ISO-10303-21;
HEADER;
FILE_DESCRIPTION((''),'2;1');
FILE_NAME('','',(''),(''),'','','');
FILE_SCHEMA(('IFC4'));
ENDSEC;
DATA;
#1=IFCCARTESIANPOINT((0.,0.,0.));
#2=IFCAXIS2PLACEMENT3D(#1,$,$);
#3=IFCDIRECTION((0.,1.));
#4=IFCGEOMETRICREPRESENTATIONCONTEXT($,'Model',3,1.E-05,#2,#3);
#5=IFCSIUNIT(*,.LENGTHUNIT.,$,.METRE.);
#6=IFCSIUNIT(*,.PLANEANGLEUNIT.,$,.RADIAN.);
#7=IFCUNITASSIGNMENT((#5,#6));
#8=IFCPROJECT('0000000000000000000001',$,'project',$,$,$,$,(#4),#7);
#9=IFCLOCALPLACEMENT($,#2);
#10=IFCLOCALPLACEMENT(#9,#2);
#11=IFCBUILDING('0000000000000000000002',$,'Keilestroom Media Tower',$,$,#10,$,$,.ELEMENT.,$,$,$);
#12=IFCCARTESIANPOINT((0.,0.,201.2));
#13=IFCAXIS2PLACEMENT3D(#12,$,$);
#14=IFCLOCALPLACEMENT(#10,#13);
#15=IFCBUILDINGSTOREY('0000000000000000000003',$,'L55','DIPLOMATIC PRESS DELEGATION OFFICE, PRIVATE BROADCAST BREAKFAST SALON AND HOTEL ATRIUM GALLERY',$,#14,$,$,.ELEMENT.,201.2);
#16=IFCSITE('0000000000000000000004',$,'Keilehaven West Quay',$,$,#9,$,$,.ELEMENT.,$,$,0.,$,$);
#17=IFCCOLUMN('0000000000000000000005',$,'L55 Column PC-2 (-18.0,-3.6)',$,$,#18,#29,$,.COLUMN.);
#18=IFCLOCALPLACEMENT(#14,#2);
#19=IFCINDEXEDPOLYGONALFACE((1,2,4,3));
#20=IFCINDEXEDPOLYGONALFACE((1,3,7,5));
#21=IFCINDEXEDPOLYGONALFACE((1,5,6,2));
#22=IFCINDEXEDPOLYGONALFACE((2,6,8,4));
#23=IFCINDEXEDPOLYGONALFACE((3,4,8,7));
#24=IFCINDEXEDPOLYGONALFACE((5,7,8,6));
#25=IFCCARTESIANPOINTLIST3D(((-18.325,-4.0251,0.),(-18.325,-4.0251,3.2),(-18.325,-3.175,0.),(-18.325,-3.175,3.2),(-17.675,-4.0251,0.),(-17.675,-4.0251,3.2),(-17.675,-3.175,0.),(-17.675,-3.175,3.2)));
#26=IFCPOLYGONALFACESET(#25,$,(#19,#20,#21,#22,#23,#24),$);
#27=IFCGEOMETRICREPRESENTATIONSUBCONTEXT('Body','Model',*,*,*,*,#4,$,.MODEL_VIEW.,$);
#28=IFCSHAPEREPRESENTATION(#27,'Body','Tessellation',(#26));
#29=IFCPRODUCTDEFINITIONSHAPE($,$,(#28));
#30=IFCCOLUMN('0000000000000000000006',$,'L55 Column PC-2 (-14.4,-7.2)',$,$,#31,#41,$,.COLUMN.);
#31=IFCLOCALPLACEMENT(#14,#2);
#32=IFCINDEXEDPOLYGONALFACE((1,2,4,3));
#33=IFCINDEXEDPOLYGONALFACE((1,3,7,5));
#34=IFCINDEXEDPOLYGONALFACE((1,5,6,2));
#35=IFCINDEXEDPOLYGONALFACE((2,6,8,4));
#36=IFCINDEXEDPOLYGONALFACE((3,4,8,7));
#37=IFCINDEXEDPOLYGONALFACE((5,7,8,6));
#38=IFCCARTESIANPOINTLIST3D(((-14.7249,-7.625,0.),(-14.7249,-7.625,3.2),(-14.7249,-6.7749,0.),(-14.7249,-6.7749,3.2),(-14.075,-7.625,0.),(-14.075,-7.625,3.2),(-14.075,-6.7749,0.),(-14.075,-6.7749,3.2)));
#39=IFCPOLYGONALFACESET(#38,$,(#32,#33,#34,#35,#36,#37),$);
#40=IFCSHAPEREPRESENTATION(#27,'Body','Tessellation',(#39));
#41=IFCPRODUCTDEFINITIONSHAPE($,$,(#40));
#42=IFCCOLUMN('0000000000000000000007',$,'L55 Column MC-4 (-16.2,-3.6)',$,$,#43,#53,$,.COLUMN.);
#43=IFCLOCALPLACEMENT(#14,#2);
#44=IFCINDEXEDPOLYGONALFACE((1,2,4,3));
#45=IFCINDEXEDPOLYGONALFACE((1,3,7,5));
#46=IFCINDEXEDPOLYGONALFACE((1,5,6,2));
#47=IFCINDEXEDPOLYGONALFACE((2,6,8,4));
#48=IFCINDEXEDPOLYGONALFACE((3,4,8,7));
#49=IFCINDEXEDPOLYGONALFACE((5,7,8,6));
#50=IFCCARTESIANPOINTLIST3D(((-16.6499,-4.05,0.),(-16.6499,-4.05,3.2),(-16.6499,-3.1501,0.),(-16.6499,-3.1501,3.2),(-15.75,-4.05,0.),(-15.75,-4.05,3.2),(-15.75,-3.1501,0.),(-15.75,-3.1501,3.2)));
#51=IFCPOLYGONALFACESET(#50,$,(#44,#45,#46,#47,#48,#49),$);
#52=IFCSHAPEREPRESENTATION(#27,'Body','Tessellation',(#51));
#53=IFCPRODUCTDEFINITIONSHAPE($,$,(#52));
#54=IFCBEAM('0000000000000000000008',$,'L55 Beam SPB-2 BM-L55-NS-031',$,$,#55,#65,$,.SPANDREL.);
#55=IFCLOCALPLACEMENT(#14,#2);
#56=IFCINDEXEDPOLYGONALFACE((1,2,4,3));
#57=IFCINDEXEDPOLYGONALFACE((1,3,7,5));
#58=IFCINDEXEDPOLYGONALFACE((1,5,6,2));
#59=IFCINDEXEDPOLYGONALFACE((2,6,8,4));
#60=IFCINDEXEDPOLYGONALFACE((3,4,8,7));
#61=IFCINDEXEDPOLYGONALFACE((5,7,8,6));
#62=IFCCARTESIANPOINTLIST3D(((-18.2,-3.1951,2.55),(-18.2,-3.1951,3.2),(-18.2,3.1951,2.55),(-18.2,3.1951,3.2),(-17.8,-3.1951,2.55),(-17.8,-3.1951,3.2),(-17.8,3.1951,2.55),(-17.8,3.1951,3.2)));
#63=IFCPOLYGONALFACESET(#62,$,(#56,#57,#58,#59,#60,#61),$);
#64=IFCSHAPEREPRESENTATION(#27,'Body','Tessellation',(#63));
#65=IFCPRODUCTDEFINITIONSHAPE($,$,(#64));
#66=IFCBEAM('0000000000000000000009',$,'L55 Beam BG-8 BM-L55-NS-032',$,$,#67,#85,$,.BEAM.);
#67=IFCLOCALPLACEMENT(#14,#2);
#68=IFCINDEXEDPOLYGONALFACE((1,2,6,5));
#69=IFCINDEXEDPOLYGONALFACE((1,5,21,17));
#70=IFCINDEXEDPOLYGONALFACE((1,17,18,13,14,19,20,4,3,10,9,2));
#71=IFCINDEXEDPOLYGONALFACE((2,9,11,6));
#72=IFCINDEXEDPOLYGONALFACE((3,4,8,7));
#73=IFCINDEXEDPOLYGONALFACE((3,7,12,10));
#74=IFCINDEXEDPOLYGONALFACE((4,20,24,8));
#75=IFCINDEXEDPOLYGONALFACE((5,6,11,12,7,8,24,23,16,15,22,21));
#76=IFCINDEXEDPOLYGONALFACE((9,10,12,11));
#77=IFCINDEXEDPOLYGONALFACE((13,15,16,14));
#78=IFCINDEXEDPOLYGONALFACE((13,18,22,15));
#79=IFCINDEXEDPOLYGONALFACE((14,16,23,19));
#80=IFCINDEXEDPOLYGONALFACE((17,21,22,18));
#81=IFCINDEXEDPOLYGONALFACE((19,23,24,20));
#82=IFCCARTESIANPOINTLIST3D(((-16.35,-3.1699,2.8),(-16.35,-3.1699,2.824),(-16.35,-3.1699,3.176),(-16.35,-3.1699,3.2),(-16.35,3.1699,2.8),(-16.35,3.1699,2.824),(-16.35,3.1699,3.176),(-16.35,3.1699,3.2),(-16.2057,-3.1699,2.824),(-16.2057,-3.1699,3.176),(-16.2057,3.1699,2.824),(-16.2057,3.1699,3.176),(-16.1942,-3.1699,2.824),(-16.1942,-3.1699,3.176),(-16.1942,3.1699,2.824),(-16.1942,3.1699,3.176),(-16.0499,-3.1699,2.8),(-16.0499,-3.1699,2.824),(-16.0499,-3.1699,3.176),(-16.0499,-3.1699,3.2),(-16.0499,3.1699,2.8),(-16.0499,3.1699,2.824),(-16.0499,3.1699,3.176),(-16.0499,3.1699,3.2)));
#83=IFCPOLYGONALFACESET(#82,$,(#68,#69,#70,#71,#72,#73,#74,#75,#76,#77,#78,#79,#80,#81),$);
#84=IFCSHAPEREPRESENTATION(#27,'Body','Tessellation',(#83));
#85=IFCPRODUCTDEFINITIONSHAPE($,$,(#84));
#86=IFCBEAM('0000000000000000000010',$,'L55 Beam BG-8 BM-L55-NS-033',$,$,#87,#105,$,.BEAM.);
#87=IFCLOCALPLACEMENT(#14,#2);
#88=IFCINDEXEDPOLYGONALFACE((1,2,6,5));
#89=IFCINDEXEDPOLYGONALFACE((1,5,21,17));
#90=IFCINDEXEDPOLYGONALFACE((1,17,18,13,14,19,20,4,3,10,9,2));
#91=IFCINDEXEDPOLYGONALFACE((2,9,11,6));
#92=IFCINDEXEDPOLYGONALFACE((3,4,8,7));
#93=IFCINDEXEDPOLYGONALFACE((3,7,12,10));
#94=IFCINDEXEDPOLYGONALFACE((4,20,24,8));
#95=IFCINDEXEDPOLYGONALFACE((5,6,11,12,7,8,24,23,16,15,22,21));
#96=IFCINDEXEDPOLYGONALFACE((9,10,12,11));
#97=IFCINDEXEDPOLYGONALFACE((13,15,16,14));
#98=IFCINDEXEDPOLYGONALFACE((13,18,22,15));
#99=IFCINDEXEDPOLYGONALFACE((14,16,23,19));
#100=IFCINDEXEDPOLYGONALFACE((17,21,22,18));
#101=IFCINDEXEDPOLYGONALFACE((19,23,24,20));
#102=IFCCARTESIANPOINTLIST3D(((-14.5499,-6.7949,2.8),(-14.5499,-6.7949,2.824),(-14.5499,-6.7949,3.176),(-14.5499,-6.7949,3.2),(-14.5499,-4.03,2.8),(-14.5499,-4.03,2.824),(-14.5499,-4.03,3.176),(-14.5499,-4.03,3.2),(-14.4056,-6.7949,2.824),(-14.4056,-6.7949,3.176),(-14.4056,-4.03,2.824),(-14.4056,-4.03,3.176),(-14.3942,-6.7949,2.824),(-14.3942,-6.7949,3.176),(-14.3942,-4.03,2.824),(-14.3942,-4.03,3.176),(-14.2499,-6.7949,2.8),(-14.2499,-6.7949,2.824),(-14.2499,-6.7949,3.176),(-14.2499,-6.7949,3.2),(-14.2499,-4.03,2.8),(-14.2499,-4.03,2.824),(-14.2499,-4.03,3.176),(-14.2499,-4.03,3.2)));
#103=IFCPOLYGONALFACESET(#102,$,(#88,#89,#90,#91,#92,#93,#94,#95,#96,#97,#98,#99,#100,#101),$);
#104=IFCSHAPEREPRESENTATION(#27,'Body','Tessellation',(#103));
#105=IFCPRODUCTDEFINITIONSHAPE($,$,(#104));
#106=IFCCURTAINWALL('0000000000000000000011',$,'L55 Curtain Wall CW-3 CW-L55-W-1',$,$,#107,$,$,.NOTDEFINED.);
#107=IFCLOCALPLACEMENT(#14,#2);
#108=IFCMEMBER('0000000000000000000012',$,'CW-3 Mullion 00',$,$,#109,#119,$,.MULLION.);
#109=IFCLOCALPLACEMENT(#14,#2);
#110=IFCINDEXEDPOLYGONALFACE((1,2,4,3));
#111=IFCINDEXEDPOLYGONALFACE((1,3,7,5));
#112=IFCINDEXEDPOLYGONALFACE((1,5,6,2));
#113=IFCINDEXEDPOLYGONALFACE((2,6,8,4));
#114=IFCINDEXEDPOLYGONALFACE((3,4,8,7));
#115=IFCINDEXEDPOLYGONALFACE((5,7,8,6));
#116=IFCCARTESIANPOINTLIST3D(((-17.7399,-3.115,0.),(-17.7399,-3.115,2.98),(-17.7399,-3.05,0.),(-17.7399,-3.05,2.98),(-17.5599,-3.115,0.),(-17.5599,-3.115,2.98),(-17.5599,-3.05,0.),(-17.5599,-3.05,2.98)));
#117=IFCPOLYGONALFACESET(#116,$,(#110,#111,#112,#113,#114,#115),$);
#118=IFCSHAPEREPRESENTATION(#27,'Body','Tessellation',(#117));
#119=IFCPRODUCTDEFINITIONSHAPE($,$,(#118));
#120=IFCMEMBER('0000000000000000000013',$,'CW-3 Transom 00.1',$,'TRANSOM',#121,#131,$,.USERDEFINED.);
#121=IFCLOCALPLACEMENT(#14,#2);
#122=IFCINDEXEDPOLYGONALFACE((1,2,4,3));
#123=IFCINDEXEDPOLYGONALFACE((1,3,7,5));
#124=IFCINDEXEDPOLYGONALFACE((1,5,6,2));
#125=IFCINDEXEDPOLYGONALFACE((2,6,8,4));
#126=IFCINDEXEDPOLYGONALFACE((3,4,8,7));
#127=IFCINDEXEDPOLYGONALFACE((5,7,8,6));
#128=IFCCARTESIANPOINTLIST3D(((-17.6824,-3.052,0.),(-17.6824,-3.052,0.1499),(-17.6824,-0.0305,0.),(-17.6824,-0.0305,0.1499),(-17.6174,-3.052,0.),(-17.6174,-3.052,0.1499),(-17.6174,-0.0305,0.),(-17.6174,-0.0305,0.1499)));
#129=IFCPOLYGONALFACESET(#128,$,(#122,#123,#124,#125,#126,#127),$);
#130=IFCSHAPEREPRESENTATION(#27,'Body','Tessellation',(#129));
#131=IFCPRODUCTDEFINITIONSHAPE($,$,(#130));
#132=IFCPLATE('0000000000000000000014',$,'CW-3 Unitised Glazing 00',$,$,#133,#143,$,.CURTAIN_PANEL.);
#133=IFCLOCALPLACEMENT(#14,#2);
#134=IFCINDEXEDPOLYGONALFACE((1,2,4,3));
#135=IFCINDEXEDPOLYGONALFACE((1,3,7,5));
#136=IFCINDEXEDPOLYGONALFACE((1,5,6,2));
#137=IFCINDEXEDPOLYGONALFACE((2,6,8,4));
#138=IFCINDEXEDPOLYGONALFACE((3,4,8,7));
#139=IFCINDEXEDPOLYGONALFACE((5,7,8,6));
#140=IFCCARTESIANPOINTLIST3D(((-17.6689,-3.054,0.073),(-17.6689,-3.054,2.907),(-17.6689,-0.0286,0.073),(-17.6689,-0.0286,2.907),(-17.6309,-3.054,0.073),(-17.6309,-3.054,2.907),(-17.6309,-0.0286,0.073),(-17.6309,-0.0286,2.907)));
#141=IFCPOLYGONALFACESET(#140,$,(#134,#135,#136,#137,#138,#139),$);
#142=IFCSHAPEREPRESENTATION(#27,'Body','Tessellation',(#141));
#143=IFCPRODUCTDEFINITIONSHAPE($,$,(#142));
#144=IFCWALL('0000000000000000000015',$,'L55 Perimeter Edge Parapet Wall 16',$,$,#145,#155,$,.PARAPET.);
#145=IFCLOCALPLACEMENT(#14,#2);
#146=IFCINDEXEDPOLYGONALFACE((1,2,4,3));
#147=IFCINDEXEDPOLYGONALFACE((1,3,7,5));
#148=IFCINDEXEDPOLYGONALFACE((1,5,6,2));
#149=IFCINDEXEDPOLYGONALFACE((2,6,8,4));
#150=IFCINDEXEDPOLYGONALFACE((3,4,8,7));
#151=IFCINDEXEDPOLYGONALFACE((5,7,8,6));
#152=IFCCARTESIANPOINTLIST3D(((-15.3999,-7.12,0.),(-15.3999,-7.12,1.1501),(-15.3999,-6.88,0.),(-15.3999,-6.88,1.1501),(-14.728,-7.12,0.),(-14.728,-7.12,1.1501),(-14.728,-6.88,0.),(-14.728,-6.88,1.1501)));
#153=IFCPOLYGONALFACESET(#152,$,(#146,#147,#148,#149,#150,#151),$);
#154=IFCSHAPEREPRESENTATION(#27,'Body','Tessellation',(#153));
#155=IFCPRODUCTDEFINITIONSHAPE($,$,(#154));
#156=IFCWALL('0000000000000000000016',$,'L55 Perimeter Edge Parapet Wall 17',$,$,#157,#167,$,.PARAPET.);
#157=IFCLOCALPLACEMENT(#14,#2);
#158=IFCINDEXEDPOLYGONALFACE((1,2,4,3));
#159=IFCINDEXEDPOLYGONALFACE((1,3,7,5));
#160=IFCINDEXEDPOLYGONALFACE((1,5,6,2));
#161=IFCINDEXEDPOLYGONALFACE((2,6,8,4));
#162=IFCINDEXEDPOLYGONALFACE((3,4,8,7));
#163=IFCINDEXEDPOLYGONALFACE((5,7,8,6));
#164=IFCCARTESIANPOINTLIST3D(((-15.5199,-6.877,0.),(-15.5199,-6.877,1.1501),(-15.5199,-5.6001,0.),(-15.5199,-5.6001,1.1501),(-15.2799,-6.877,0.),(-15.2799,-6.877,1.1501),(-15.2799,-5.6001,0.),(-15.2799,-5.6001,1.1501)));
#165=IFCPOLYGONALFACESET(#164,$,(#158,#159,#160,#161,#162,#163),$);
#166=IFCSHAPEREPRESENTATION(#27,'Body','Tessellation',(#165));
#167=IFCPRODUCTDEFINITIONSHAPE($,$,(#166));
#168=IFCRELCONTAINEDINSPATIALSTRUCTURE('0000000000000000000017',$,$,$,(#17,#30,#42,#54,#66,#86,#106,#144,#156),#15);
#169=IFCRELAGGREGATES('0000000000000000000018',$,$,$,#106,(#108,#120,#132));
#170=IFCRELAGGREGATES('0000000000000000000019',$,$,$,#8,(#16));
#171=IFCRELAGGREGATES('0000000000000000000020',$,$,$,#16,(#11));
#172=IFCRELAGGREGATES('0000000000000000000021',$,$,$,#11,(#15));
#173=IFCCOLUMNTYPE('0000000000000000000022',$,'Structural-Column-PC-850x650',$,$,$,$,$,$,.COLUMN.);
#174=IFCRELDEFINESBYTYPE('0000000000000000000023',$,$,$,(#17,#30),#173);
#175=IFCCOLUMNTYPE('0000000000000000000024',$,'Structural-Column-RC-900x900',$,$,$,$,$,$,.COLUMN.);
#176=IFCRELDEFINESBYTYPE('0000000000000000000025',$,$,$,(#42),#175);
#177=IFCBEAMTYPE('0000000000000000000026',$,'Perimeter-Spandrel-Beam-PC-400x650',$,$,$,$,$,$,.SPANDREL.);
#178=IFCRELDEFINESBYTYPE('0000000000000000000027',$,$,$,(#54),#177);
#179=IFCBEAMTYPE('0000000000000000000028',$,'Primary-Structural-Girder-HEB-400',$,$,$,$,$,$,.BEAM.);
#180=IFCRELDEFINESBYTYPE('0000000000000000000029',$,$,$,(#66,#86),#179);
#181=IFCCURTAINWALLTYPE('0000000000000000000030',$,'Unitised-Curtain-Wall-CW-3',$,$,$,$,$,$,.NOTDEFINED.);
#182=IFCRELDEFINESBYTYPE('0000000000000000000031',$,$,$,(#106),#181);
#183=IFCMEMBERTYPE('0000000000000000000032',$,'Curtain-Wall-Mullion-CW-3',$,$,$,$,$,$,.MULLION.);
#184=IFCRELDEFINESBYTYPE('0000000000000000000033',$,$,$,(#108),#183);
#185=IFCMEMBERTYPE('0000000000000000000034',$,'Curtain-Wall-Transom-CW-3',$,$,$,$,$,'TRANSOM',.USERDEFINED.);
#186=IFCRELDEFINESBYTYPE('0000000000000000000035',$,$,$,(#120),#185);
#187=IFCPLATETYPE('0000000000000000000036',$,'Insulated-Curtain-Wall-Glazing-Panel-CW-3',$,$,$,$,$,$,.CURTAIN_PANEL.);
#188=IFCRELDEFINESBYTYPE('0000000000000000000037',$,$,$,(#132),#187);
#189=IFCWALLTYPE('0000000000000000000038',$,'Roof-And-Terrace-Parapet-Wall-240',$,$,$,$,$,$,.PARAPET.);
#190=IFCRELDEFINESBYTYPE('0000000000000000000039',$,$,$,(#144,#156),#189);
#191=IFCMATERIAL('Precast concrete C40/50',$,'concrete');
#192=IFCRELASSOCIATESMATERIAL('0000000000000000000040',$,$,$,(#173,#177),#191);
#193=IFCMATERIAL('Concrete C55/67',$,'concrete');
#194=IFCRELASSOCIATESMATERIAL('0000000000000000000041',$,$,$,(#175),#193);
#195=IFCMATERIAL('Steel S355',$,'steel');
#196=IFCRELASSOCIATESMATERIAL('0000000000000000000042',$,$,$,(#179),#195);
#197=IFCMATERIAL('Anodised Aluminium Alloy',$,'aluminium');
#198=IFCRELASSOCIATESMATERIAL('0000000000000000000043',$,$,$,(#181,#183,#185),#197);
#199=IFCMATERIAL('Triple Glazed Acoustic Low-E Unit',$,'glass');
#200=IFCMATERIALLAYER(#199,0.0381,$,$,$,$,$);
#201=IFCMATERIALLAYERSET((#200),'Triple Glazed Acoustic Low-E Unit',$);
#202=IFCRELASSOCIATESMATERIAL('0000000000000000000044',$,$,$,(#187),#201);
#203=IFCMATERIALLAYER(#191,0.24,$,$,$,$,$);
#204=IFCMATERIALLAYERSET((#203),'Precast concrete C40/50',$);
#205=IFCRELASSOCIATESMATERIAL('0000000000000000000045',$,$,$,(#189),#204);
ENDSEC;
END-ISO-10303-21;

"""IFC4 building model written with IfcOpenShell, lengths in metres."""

from ifc_helpers import new_model, si_unit, direction, frame, frame_2d, origin, origin_2d, place, context, subcontext, project, spatial, rectangle, i_section, extrude, source, transform, mapped, material, layer, layer_set, material_profile, profile_set, type_object, element, aggregate, save


model = new_model("IFC4")

# Units and contexts
model_context = context("Model", 3, precision=1e-05, world=origin(), true_north=direction((0.0, 1.0)))
body_context = subcontext(model_context, "Body", "Model", "MODEL_VIEW")
ifc_project = project(units=[si_unit("LENGTHUNIT", "METRE"), si_unit("PLANEANGLEUNIT", "RADIAN")], contexts=[model_context])

# Site, building, storey
site_placement = place(None, origin())
site = spatial("IfcSite", under=ifc_project, at=site_placement, Name="Keilehaven West Quay", CompositionType="ELEMENT", RefElevation=0.0)
building_placement = place(site_placement, origin())
building = spatial("IfcBuilding", under=site, at=building_placement, Name="Keilestroom Media Tower", CompositionType="ELEMENT")
storey_placement = place(building_placement, frame((0.0, 0.0, 201.2)))
storey = spatial("IfcBuildingStorey", under=building, at=storey_placement, Name="L55", Description="DIPLOMATIC PRESS DELEGATION OFFICE, PRIVATE BROADCAST BREAKFAST SALON AND HOTEL ATRIUM GALLERY", CompositionType="ELEMENT", Elevation=201.2)

# Columns
ifc_material_1 = material(Name="Precast concrete C40/50", Category="concrete")
ifc_material_profile_1 = material_profile(ifc_material_1, rectangle(XDim=0.6499, YDim=0.8501, at=origin_2d()), Name="PC 850x650")
ifc_profile_set_1 = profile_set([ifc_material_profile_1], Name="Precast concrete C40/50")
column_type_1 = type_object("IfcColumnType", Name="Structural-Column-PC-850x650", PredefinedType="COLUMN", material=ifc_profile_set_1)
shared_shape_1 = source(origin(), body_context, "Body", "SweptSolid", [
    extrude(rectangle(XDim=0.6499, YDim=0.8501, at=origin_2d()), origin(), (0.0, 0.0, 1.0), 3.2),
])
for number, where, z_axis, x_axis, name in (
    (1, (-18.0, -3.6001, 0.0), (0.0, 0.0, 1.0), (1.0, 0.0, 0.0), "L55 Column PC-2 (-18.0,-3.6)"),
    (2, (-14.3999, -7.2, 0.0), (0.0, 0.0, 1.0), (1.0, 0.0, 0.0), "L55 Column PC-2 (-14.4,-7.2)"),
):
    element("IfcColumn", number, at=place(storey_placement, frame(where, z_axis=z_axis, x_axis=x_axis)), inside=storey, type_object=column_type_1, Name=name, PredefinedType="COLUMN", context=body_context, shape_type="MappedRepresentation", body=[
        mapped(shared_shape_1, transform((0.0, 0.0, 0.0), x_axis=(1.0, 0.0, 0.0), y_axis=(0.0, 1.0, 0.0), z_axis=(0.0, 0.0, 1.0), scale=1.0)),
    ])
ifc_material_2 = material(Name="Concrete C55/67", Category="concrete")
ifc_material_profile_2 = material_profile(ifc_material_2, rectangle(XDim=0.8999, YDim=0.8999, at=origin_2d()), Name="RC 900x900")
ifc_profile_set_2 = profile_set([ifc_material_profile_2], Name="Concrete C55/67")
column_type_2 = type_object("IfcColumnType", Name="Structural-Column-RC-900x900", PredefinedType="COLUMN", material=ifc_profile_set_2)
shared_shape_2 = source(origin(), body_context, "Body", "SweptSolid", [
    extrude(rectangle(XDim=0.8999, YDim=0.8999, at=origin_2d()), origin(), (0.0, 0.0, 1.0), 3.2),
])
column_placement = place(storey_placement, frame((-16.2, -3.6001, 0.0), z_axis=(0.0, 0.0, 1.0), x_axis=(1.0, 0.0, 0.0)))
element("IfcColumn", 3, at=column_placement, inside=storey, type_object=column_type_2, Name="L55 Column MC-4 (-16.2,-3.6)", PredefinedType="COLUMN", context=body_context, shape_type="MappedRepresentation", body=[
    mapped(shared_shape_2, transform((0.0, 0.0, 0.0), x_axis=(1.0, 0.0, 0.0), y_axis=(0.0, 1.0, 0.0), z_axis=(0.0, 0.0, 1.0), scale=1.0)),
])

# Beams
ifc_material_profile_3 = material_profile(ifc_material_1, rectangle(XDim=0.3999, YDim=0.6499, at=origin_2d()), Name="PC 400x650")
ifc_profile_set_3 = profile_set([ifc_material_profile_3], Name="Precast concrete C40/50")
beam_type_1 = type_object("IfcBeamType", Name="Perimeter-Spandrel-Beam-PC-400x650", PredefinedType="SPANDREL", material=ifc_profile_set_3)
shared_shape_3 = source(origin(), body_context, "Body", "SweptSolid", [
    extrude(rectangle(XDim=0.3999, YDim=0.6499, at=origin_2d()), origin(), (0.0, 0.0, 1.0), 6.3901),
])
beam_1_placement = place(storey_placement, frame((-18.0, -3.1951, 2.875), z_axis=(0.0, 1.0, 0.0), x_axis=(-1.0, 0.0, 0.0)))
element("IfcBeam", 4, at=beam_1_placement, inside=storey, type_object=beam_type_1, Name="L55 Beam SPB-2 BM-L55-NS-031", PredefinedType="SPANDREL", context=body_context, shape_type="MappedRepresentation", body=[
    mapped(shared_shape_3, transform((0.0, 0.0, 0.0), x_axis=(1.0, 0.0, 0.0), y_axis=(0.0, 1.0, 0.0), z_axis=(0.0, 0.0, 1.0), scale=1.0)),
])
ifc_material_3 = material(Name="Steel S355", Category="steel")
ifc_material_profile_4 = material_profile(ifc_material_3, i_section(OverallWidth=0.3, OverallDepth=0.3999, WebThickness=0.0115, FlangeThickness=0.0239, at=origin_2d()), Name="HEB 400")
ifc_profile_set_4 = profile_set([ifc_material_profile_4], Name="Steel S355")
beam_type_2 = type_object("IfcBeamType", Name="Primary-Structural-Girder-HEB-400", PredefinedType="BEAM", material=ifc_profile_set_4)
shared_shape_4 = source(origin(), body_context, "Body", "SweptSolid", [
    extrude(i_section(OverallWidth=0.3, OverallDepth=0.3999, WebThickness=0.0115, FlangeThickness=0.0239, at=origin_2d()), origin(), (0.0, 0.0, 1.0), 6.3398),
])
beam_2_placement = place(storey_placement, frame((-16.2, -3.1699, 3.0), z_axis=(0.0, 1.0, 0.0), x_axis=(-1.0, 0.0, 0.0)))
element("IfcBeam", 5, at=beam_2_placement, inside=storey, type_object=beam_type_2, Name="L55 Beam BG-8 BM-L55-NS-032", PredefinedType="BEAM", context=body_context, shape_type="MappedRepresentation", body=[
    mapped(shared_shape_4, transform((0.0, 0.0, 0.0), x_axis=(1.0, 0.0, 0.0), y_axis=(0.0, 1.0, 0.0), z_axis=(0.0, 0.0, 1.0), scale=1.0)),
])
shared_shape_5 = source(origin(), body_context, "Body", "SweptSolid", [
    extrude(i_section(OverallWidth=0.3, OverallDepth=0.3999, WebThickness=0.0115, FlangeThickness=0.0239, at=origin_2d()), origin(), (0.0, 0.0, 1.0), 2.7649),
])
beam_3_placement = place(storey_placement, frame((-14.3999, -6.7949, 3.0), z_axis=(0.0, 1.0, 0.0), x_axis=(-1.0, 0.0, 0.0)))
element("IfcBeam", 6, at=beam_3_placement, inside=storey, type_object=beam_type_2, Name="L55 Beam BG-8 BM-L55-NS-033", PredefinedType="BEAM", context=body_context, shape_type="MappedRepresentation", body=[
    mapped(shared_shape_5, transform((0.0, 0.0, 0.0), x_axis=(1.0, 0.0, 0.0), y_axis=(0.0, 1.0, 0.0), z_axis=(0.0, 0.0, 1.0), scale=1.0)),
])

# Curtain wall, members, plate
ifc_material_4 = material(Name="Anodised Aluminium Alloy", Category="aluminium")
curtain_wall_type = type_object("IfcCurtainWallType", Name="Unitised-Curtain-Wall-CW-3", PredefinedType="NOTDEFINED", material=ifc_material_4)
curtain_wall_placement = place(storey_placement, origin())
curtain_wall = element("IfcCurtainWall", 7, at=curtain_wall_placement, inside=storey, type_object=curtain_wall_type, Name="L55 Curtain Wall CW-3 CW-L55-W-1", PredefinedType="NOTDEFINED")
ifc_material_profile_5 = material_profile(ifc_material_4, rectangle(XDim=0.0649, YDim=0.1799, at=origin_2d()), Name="ALU MULLION 65x180")
ifc_profile_set_5 = profile_set([ifc_material_profile_5], Name="Anodised Aluminium Alloy")
member_type_1 = type_object("IfcMemberType", Name="Curtain-Wall-Mullion-CW-3", PredefinedType="MULLION", material=ifc_profile_set_5)
shared_shape_6 = source(origin(), body_context, "Body", "SweptSolid", [
    extrude(rectangle(XDim=0.0649, YDim=0.1799, at=origin_2d()), origin(), (0.0, 0.0, 1.0), 2.98),
])
member_1_placement = place(storey_placement, frame((-17.6499, -3.0825, 0.0), z_axis=(0.0, 0.0, 1.0), x_axis=(0.0, 1.0, 0.0)))
member_1 = element("IfcMember", 8, at=member_1_placement, type_object=member_type_1, Name="CW-3 Mullion 00", PredefinedType="MULLION", context=body_context, shape_type="MappedRepresentation", body=[
    mapped(shared_shape_6, transform((0.0, 0.0, 0.0), x_axis=(1.0, 0.0, 0.0), y_axis=(0.0, 1.0, 0.0), z_axis=(0.0, 0.0, 1.0), scale=1.0)),
])
ifc_material_profile_6 = material_profile(ifc_material_4, rectangle(XDim=0.0649, YDim=0.1499, at=origin_2d()), Name="ALU TRANSOM 65x150")
ifc_profile_set_6 = profile_set([ifc_material_profile_6], Name="Anodised Aluminium Alloy")
member_type_2 = type_object("IfcMemberType", Name="Curtain-Wall-Transom-CW-3", ElementType="TRANSOM", PredefinedType="USERDEFINED", material=ifc_profile_set_6)
shared_shape_7 = source(origin(), body_context, "Body", "SweptSolid", [
    extrude(rectangle(XDim=0.0649, YDim=0.1499, at=origin_2d()), origin(), (0.0, 0.0, 1.0), 3.0215),
])
member_2_placement = place(storey_placement, frame((-17.6499, -3.052, 0.075), z_axis=(0.0, 1.0, 0.0), x_axis=(-1.0, 0.0, 0.0)))
member_2 = element("IfcMember", 9, at=member_2_placement, type_object=member_type_2, Name="CW-3 Transom 00.1", ObjectType="TRANSOM", PredefinedType="USERDEFINED", context=body_context, shape_type="MappedRepresentation", body=[
    mapped(shared_shape_7, transform((0.0, 0.0, 0.0), x_axis=(1.0, 0.0, 0.0), y_axis=(0.0, 1.0, 0.0), z_axis=(0.0, 0.0, 1.0), scale=1.0)),
])
ifc_material_5 = material(Name="Triple Glazed Acoustic Low-E Unit", Category="glass")
ifc_layer_1 = layer(ifc_material_5, 0.0381)
ifc_layer_set_1 = layer_set([ifc_layer_1], Name="Triple Glazed Acoustic Low-E Unit")
plate_type = type_object("IfcPlateType", Name="Insulated-Curtain-Wall-Glazing-Panel-CW-3", PredefinedType="CURTAIN_PANEL", material=ifc_layer_set_1)
shared_shape_8 = source(origin(), body_context, "Body", "SweptSolid", [
    extrude(rectangle(XDim=3.0254, YDim=0.0381, at=origin_2d()), origin(), (0.0, 0.0, 1.0), 2.834),
])
plate_placement = place(storey_placement, frame((-17.6499, -1.5413, 0.073), z_axis=(0.0, 0.0, 1.0), x_axis=(0.0, 1.0, 0.0)))
plate = element("IfcPlate", 10, at=plate_placement, type_object=plate_type, Name="CW-3 Unitised Glazing 00", PredefinedType="CURTAIN_PANEL", context=body_context, shape_type="MappedRepresentation", body=[
    mapped(shared_shape_8, transform((0.0, 0.0, 0.0), x_axis=(1.0, 0.0, 0.0), y_axis=(0.0, 1.0, 0.0), z_axis=(0.0, 0.0, 1.0), scale=1.0)),
])
aggregate(curtain_wall, [member_1, member_2, plate])

# Walls
ifc_layer_2 = layer(ifc_material_1, 0.24)
ifc_layer_set_2 = layer_set([ifc_layer_2], Name="Precast concrete C40/50")
wall_type = type_object("IfcWallType", Name="Roof-And-Terrace-Parapet-Wall-240", PredefinedType="PARAPET", material=ifc_layer_set_2)
wall_1_placement = place(storey_placement, frame((-14.728, -7.0, 0.0), z_axis=(0.0, 0.0, 1.0), x_axis=(-1.0, 0.0, 0.0)))
element("IfcWall", 11, at=wall_1_placement, inside=storey, type_object=wall_type, Name="L55 Perimeter Edge Parapet Wall 16", PredefinedType="PARAPET", context=body_context, shape_type="SweptSolid", body=[
    extrude(rectangle(XDim=0.6719, YDim=0.24, at=frame_2d((0.3359, 0.0))), origin(), (0.0, 0.0, 1.0), 1.1501),
])
wall_2_placement = place(storey_placement, frame((-15.3999, -6.877, 0.0), z_axis=(0.0, 0.0, 1.0), x_axis=(0.0, 1.0, 0.0)))
element("IfcWall", 12, at=wall_2_placement, inside=storey, type_object=wall_type, Name="L55 Perimeter Edge Parapet Wall 17", PredefinedType="PARAPET", context=body_context, shape_type="SweptSolid", body=[
    extrude(rectangle(XDim=1.2769, YDim=0.24, at=frame_2d((0.6384, 0.0))), origin(), (0.0, 0.0, 1.0), 1.1501),
])

save(model, "model.ifc")
